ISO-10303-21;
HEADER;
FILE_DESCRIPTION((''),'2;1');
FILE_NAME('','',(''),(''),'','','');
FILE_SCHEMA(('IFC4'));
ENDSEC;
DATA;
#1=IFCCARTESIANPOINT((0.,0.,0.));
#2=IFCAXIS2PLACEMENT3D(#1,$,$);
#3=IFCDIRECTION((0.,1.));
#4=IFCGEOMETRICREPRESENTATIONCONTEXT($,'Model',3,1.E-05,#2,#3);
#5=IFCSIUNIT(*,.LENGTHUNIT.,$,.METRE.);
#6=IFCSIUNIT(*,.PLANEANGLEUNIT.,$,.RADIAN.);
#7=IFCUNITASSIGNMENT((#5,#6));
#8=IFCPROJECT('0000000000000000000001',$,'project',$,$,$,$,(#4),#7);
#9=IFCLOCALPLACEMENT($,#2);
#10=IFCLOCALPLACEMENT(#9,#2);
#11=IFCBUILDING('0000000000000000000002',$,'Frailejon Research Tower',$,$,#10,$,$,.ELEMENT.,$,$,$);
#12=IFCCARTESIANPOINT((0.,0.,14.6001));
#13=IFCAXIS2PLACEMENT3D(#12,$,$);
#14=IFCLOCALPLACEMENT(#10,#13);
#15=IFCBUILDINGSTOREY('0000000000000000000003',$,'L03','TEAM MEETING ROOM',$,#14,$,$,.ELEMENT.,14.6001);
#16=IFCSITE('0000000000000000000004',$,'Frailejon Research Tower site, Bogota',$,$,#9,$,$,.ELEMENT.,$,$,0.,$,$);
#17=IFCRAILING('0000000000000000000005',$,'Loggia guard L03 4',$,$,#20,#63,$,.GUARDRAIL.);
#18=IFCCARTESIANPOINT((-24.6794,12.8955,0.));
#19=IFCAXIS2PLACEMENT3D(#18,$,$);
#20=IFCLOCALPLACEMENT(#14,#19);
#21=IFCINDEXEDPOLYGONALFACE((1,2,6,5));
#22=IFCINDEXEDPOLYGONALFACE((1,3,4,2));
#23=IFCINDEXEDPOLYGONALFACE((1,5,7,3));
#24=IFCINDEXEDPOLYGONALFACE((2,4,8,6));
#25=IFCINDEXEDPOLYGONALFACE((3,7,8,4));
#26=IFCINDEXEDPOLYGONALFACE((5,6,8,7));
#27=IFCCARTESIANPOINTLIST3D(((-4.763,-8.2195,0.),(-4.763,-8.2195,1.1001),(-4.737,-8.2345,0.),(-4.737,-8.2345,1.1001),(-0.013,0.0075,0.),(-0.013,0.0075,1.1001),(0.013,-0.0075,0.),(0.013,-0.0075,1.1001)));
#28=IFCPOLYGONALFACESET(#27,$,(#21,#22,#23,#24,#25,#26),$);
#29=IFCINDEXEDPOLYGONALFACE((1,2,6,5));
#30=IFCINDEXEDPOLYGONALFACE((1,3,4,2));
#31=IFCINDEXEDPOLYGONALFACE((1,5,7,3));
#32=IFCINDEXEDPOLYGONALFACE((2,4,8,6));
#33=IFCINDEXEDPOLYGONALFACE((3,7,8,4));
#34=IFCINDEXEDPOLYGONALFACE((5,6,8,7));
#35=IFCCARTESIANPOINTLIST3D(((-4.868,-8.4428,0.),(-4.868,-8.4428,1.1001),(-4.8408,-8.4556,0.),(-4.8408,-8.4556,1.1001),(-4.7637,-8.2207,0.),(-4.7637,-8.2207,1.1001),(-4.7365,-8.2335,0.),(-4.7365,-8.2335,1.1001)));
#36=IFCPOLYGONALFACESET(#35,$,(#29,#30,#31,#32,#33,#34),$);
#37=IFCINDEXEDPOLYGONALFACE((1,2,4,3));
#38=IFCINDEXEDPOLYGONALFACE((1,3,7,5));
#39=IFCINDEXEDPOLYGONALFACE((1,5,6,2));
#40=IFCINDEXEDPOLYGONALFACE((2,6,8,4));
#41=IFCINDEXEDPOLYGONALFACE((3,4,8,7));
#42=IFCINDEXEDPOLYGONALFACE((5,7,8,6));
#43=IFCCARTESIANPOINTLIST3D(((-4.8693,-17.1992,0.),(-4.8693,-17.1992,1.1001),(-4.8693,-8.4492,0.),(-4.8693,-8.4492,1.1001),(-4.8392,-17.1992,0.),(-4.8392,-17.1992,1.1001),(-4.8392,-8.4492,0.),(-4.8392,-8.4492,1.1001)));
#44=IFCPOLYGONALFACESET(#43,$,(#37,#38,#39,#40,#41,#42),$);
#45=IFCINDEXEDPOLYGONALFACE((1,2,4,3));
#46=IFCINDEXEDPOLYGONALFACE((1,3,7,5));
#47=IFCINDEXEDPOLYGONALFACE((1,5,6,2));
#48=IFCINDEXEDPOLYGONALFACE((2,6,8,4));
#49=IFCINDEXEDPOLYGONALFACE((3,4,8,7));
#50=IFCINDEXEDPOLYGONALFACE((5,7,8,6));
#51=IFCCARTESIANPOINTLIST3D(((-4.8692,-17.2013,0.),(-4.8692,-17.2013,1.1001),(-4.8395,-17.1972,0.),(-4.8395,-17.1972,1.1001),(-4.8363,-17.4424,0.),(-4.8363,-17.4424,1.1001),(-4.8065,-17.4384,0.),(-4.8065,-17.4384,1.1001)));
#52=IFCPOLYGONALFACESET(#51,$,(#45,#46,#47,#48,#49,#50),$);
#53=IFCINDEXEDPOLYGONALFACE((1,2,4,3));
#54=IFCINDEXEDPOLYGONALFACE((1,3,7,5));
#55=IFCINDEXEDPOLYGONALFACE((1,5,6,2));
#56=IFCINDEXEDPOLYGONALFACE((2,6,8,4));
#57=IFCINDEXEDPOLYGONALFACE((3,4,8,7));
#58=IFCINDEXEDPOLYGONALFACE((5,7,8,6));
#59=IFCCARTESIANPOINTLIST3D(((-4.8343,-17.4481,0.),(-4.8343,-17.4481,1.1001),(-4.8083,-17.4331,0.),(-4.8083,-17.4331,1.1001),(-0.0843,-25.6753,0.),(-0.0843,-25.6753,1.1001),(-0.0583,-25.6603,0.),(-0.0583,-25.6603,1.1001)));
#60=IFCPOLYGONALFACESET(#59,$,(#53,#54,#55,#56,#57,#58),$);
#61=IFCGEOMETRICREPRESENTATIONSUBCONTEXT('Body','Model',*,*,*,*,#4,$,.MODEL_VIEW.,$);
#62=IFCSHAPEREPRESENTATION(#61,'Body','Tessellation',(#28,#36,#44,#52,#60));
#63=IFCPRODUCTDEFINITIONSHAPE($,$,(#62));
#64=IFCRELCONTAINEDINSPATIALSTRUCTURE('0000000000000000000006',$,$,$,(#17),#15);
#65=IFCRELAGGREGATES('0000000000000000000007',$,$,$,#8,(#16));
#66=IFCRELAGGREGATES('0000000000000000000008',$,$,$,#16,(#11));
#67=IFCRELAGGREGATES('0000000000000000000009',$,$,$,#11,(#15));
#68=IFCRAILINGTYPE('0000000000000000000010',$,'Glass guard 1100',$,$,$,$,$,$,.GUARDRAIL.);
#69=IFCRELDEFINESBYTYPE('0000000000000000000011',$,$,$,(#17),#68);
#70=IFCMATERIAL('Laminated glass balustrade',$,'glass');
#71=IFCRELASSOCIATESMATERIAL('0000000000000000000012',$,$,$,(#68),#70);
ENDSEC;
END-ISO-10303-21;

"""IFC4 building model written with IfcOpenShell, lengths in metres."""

from ifc_helpers import new_model, si_unit, direction, frame, origin, origin_2d, place, context, subcontext, project, spatial, rectangle, extrude, material, type_object, element, save


model = new_model("IFC4")

# Units and contexts
model_context = context("Model", 3, precision=1e-05, world=origin(), true_north=direction((0.0, 1.0)))
body_context = subcontext(model_context, "Body", "Model", "MODEL_VIEW")
ifc_project = project(units=[si_unit("LENGTHUNIT", "METRE"), si_unit("PLANEANGLEUNIT", "RADIAN")], contexts=[model_context])

# Site, building, storey
site_placement = place(None, origin())
site = spatial("IfcSite", under=ifc_project, at=site_placement, Name="Frailejon Research Tower site, Bogota", CompositionType="ELEMENT", RefElevation=0.0)
building_placement = place(site_placement, origin())
building = spatial("IfcBuilding", under=site, at=building_placement, Name="Frailejon Research Tower", CompositionType="ELEMENT")
storey_placement = place(building_placement, frame((0.0, 0.0, 14.6001)))
storey = spatial("IfcBuildingStorey", under=building, at=storey_placement, Name="L03", Description="TEAM MEETING ROOM", CompositionType="ELEMENT", Elevation=14.6001)

# Railing
ifc_material_1 = material(Name="Laminated glass balustrade", Category="glass")
railing_type = type_object("IfcRailingType", Name="Glass guard 1100", PredefinedType="GUARDRAIL", material=ifc_material_1)
railing_placement = place(storey_placement, frame((-24.6794, 12.8955, 0.0)))
element("IfcRailing", 1, at=railing_placement, inside=storey, type_object=railing_type, Name="Loggia guard L03 4", PredefinedType="GUARDRAIL", context=body_context, shape_type="SweptSolid", body=[
    extrude(rectangle(XDim=9.4998, YDim=0.03, at=origin_2d()), frame((-2.375, -4.1135, 0.0), z_axis=(0.0, 0.0, 1.0), x_axis=(-0.500009, -0.86602, 0.0)), (0.0, 0.0, 1.0), 1.1001),
    extrude(rectangle(XDim=0.2454, YDim=0.03, at=origin_2d()), frame((-4.8022, -8.3381, 0.0), z_axis=(0.0, 0.0, 1.0), x_axis=(-0.424791, -0.905292, 0.0)), (0.0, 0.0, 1.0), 1.1001),
    extrude(rectangle(XDim=8.75, YDim=0.03, at=origin_2d()), frame((-4.8542, -12.8242, 0.0), z_axis=(0.0, 0.0, 1.0), x_axis=(0.0, -1.0, 0.0)), (0.0, 0.0, 1.0), 1.1001),
    extrude(rectangle(XDim=0.2434, YDim=0.03, at=origin_2d()), frame((-4.8379, -17.3198, 0.0), z_axis=(0.0, 0.0, 1.0), x_axis=(0.135382, -0.990794, 0.0)), (0.0, 0.0, 1.0), 1.1001),
    extrude(rectangle(XDim=9.5, YDim=0.03, at=origin_2d()), frame((-2.4463, -21.5542, 0.0), z_axis=(0.0, 0.0, 1.0), x_axis=(0.499998, -0.866027, 0.0)), (0.0, 0.0, 1.0), 1.1001),
])

save(model, "model.ifc")
